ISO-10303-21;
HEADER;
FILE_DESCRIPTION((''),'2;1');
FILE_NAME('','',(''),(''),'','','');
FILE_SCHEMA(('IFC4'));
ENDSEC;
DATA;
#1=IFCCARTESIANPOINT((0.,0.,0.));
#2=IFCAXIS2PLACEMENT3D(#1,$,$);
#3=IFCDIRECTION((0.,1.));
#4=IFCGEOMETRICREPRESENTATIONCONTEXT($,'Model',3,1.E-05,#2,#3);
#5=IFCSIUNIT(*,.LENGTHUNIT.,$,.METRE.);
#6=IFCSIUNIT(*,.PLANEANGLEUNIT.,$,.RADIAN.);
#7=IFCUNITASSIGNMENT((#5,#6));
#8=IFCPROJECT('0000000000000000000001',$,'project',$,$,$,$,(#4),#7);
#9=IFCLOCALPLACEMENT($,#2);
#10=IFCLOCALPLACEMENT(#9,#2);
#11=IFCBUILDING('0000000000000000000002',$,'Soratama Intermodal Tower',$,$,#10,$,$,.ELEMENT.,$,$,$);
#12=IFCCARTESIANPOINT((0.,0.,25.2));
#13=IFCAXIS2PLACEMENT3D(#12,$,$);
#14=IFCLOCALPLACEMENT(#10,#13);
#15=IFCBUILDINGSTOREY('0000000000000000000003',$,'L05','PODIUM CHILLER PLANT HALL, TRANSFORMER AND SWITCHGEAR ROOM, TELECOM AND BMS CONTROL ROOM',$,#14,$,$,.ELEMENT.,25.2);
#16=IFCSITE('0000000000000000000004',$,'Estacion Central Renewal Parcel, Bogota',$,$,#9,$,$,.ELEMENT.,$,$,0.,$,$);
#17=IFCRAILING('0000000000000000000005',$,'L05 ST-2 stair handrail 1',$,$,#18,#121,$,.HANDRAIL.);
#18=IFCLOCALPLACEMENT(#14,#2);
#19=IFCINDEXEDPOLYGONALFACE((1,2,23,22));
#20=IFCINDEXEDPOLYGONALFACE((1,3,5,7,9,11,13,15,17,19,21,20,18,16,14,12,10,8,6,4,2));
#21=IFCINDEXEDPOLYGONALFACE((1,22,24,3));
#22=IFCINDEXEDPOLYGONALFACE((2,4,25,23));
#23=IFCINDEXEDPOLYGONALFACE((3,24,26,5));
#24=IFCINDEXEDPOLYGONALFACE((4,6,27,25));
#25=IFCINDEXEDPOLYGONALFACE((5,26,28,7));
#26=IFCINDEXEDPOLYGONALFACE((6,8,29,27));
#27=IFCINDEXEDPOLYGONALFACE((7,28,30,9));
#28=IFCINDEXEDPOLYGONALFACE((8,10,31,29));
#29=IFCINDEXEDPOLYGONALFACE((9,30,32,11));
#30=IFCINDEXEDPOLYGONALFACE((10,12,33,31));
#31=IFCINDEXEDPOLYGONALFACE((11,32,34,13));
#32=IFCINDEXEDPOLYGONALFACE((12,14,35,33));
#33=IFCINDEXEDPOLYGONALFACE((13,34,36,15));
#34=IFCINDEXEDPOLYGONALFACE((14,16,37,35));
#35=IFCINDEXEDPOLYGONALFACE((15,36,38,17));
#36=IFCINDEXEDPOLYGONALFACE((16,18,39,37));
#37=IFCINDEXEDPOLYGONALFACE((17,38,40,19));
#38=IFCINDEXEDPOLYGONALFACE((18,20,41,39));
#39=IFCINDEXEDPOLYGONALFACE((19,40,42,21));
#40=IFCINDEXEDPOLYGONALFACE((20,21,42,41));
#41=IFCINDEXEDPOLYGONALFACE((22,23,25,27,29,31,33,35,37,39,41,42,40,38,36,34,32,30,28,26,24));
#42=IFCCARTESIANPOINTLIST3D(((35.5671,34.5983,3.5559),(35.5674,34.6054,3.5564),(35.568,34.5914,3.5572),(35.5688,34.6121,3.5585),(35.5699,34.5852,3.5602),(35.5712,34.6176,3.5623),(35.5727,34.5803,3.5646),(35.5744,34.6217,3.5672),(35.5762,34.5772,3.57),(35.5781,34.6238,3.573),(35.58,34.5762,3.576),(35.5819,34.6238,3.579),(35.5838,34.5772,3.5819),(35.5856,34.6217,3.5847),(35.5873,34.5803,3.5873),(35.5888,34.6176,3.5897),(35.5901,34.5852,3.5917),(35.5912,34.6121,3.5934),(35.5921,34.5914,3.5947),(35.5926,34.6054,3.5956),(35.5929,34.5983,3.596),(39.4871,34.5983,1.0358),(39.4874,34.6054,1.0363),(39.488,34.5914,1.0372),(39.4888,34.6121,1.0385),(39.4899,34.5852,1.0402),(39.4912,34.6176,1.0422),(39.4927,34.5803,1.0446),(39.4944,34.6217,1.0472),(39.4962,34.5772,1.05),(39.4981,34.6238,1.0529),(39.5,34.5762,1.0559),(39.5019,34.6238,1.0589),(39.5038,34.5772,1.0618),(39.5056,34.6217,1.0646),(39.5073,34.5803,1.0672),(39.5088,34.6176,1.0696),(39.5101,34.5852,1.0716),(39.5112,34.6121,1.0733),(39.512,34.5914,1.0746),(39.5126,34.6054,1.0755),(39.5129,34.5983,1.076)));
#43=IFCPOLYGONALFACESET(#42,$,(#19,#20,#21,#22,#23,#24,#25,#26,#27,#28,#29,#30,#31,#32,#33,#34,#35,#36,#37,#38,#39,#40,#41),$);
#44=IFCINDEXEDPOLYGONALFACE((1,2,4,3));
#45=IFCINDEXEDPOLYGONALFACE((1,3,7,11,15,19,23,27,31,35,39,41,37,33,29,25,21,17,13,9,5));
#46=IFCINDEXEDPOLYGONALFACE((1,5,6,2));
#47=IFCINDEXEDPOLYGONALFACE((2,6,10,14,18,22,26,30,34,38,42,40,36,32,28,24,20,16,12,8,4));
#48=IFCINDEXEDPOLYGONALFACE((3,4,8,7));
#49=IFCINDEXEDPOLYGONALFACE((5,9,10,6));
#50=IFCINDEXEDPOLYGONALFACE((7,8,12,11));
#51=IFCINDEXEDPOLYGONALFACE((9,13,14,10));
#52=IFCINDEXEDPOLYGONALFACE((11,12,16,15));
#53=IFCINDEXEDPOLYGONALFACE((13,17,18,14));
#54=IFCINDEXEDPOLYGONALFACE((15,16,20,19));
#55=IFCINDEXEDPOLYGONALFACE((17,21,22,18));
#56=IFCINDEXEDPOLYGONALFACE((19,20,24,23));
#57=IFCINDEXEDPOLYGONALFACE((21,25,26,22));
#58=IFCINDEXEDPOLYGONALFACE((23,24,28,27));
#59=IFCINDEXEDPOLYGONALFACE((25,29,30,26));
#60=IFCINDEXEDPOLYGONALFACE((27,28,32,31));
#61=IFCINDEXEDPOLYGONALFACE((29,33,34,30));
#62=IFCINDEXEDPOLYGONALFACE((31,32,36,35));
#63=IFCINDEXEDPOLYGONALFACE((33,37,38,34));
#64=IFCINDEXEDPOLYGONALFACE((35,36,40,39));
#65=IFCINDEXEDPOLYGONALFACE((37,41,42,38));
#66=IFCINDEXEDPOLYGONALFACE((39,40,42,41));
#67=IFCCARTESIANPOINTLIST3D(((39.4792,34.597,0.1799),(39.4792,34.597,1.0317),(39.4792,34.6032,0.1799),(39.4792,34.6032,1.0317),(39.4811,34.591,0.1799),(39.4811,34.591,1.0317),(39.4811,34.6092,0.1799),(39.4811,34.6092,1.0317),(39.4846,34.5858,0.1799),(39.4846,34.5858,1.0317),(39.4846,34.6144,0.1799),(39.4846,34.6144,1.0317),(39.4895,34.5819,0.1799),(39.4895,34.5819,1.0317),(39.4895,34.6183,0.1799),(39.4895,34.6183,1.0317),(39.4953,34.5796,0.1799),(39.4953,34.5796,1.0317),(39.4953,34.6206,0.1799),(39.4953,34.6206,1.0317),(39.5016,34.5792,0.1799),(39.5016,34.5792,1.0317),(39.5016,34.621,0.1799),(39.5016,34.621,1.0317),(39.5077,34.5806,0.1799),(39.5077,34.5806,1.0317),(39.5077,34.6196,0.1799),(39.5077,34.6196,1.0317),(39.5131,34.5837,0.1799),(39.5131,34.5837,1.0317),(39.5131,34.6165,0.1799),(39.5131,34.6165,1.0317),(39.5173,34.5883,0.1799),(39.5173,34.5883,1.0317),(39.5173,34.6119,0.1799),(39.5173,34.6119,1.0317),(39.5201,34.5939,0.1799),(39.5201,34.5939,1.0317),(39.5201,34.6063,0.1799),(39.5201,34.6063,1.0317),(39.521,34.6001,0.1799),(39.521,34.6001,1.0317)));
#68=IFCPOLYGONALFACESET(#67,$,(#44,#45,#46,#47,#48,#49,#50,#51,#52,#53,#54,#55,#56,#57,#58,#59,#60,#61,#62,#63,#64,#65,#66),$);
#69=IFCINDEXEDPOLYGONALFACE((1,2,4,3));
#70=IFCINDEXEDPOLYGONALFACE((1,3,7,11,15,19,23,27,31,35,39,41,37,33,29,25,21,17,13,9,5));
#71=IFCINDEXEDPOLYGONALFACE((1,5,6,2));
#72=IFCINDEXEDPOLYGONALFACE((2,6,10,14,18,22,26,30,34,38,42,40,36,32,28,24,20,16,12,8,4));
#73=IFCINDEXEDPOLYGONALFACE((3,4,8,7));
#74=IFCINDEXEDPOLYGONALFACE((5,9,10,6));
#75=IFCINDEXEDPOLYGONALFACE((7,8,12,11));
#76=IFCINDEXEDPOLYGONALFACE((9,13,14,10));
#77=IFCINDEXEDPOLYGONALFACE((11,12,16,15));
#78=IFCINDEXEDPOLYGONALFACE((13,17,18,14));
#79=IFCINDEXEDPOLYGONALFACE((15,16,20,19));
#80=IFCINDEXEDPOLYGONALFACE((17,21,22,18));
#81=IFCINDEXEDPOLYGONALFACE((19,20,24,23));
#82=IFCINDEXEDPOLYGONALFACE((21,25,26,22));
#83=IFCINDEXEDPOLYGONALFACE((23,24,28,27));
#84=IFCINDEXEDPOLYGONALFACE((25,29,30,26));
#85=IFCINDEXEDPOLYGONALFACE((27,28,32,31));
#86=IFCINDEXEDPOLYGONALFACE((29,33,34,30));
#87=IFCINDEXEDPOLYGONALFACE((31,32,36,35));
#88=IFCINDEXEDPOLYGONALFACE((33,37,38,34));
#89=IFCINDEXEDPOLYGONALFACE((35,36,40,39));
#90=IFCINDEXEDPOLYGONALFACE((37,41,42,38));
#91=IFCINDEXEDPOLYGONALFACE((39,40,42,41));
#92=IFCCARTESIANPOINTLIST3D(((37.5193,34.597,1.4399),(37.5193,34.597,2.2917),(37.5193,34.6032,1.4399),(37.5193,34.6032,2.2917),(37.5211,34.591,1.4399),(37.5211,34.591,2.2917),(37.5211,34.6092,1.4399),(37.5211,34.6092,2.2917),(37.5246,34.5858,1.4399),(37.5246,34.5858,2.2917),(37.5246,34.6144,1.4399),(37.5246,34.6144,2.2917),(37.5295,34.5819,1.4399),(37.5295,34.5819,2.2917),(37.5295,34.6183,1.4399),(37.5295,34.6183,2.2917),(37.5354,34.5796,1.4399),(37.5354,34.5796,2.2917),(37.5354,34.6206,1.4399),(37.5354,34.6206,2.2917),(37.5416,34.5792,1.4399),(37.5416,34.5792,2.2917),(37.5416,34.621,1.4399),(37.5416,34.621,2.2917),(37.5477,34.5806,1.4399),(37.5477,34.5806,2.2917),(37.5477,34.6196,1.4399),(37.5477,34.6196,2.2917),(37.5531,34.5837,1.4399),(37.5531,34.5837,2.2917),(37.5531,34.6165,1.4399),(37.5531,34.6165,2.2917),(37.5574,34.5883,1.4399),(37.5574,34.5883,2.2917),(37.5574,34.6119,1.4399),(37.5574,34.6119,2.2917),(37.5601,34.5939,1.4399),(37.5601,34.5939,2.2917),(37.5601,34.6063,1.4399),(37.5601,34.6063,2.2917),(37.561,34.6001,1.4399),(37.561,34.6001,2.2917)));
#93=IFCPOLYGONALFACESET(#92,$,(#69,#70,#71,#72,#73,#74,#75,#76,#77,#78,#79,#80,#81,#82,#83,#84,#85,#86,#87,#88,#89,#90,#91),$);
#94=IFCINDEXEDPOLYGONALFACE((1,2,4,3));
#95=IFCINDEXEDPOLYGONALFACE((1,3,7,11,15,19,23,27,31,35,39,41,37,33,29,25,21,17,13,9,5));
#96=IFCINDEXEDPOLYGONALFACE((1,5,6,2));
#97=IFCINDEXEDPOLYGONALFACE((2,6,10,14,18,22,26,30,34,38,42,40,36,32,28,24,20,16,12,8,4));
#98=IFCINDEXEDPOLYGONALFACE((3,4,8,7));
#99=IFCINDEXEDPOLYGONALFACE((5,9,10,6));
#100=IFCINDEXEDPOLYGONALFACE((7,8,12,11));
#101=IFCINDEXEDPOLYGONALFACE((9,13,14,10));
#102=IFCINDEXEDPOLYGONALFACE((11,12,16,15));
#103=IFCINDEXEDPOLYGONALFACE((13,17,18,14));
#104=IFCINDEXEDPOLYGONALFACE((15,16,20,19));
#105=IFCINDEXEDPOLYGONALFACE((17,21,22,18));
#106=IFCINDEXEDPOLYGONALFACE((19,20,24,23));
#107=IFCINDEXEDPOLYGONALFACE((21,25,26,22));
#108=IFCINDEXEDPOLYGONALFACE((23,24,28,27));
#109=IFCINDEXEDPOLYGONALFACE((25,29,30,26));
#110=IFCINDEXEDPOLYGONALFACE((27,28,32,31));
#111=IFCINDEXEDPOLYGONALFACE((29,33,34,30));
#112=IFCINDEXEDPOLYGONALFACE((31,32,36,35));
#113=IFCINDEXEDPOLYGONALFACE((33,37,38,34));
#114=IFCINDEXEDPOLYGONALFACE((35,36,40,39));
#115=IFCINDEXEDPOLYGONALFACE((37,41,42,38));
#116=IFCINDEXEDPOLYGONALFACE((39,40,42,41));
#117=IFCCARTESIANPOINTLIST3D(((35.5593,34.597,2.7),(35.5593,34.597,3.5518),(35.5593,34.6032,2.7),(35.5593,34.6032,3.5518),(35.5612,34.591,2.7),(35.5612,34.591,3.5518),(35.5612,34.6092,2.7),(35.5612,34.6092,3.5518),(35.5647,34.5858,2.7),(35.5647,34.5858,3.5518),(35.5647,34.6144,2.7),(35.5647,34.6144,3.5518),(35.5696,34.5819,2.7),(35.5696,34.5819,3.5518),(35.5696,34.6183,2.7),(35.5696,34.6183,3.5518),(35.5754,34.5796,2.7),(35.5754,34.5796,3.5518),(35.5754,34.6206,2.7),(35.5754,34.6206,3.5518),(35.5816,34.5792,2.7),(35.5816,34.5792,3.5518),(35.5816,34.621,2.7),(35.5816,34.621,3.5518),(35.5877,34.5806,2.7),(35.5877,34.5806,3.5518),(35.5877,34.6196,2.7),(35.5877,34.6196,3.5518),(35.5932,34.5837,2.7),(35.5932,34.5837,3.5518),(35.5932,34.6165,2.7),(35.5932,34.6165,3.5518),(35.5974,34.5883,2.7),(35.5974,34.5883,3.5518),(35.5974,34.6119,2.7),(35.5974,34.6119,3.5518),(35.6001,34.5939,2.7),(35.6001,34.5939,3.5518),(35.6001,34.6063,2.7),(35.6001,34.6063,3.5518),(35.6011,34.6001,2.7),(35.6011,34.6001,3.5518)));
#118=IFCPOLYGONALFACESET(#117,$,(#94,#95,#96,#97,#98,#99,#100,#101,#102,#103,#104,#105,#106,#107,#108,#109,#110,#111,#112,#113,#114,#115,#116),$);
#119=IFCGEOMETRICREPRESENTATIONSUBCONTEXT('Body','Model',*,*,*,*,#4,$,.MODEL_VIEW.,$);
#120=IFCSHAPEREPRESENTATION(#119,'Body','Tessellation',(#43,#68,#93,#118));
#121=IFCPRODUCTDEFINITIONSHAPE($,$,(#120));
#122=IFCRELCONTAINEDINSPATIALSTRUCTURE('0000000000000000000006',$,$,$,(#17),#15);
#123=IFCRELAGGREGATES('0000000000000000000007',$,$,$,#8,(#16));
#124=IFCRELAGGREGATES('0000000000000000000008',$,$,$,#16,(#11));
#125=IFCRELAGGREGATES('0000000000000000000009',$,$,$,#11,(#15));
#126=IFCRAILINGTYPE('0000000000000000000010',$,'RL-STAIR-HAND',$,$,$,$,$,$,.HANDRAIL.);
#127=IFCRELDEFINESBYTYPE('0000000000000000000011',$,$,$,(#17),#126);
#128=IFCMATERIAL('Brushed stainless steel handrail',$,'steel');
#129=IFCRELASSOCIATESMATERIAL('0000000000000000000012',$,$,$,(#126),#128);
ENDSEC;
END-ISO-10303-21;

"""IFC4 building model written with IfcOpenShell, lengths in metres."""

from ifc_helpers import new_model, si_unit, direction, frame, origin, origin_2d, place, context, subcontext, project, spatial, circle, extrude, material, type_object, element, save


model = new_model("IFC4")

# Units and contexts
model_context = context("Model", 3, precision=1e-05, world=origin(), true_north=direction((0.0, 1.0)))
body_context = subcontext(model_context, "Body", "Model", "MODEL_VIEW")
ifc_project = project(units=[si_unit("LENGTHUNIT", "METRE"), si_unit("PLANEANGLEUNIT", "RADIAN")], contexts=[model_context])

# Site, building, storey
site_placement = place(None, origin())
site = spatial("IfcSite", under=ifc_project, at=site_placement, Name="Estacion Central Renewal Parcel, Bogota", CompositionType="ELEMENT", RefElevation=0.0)
building_placement = place(site_placement, origin())
building = spatial("IfcBuilding", under=site, at=building_placement, Name="Soratama Intermodal Tower", CompositionType="ELEMENT")
storey_placement = place(building_placement, frame((0.0, 0.0, 25.2)))
storey = spatial("IfcBuildingStorey", under=building, at=storey_placement, Name="L05", Description="PODIUM CHILLER PLANT HALL, TRANSFORMER AND SWITCHGEAR ROOM, TELECOM AND BMS CONTROL ROOM", CompositionType="ELEMENT", Elevation=25.2)

# Railing
ifc_material_1 = material(Name="Brushed stainless steel handrail", Category="steel")
railing_type_1 = type_object("IfcRailingType", Name="RL-STAIR-HAND", PredefinedType="HANDRAIL", material=ifc_material_1)
railing_1_placement = place(storey_placement, frame((39.5, 34.6001, 0.1799)))
element("IfcRailing", 1, at=railing_1_placement, inside=storey, type_object=railing_type_1, Name="L05 ST-2 stair handrail 1", PredefinedType="HANDRAIL", context=body_context, shape_type="SweptSolid", body=[
    extrude(circle(Radius=0.0239, at=origin_2d()), frame((0.0, 0.0, 0.876), z_axis=(-0.841172, 0.0, 0.540768), x_axis=(0.0, -1.0, 0.0)), (0.0, 0.0, 1.0), 4.6602),
    extrude(circle(Radius=0.021, at=origin_2d()), origin(), (0.0, 0.0, 1.0), 0.8518),
    extrude(circle(Radius=0.021, at=origin_2d()), frame((-1.96, 0.0, 1.26)), (0.0, 0.0, 1.0), 0.8518),
    extrude(circle(Radius=0.021, at=origin_2d()), frame((-3.9199, 0.0, 2.52)), (0.0, 0.0, 1.0), 0.8518),
])

save(model, "model.ifc")
